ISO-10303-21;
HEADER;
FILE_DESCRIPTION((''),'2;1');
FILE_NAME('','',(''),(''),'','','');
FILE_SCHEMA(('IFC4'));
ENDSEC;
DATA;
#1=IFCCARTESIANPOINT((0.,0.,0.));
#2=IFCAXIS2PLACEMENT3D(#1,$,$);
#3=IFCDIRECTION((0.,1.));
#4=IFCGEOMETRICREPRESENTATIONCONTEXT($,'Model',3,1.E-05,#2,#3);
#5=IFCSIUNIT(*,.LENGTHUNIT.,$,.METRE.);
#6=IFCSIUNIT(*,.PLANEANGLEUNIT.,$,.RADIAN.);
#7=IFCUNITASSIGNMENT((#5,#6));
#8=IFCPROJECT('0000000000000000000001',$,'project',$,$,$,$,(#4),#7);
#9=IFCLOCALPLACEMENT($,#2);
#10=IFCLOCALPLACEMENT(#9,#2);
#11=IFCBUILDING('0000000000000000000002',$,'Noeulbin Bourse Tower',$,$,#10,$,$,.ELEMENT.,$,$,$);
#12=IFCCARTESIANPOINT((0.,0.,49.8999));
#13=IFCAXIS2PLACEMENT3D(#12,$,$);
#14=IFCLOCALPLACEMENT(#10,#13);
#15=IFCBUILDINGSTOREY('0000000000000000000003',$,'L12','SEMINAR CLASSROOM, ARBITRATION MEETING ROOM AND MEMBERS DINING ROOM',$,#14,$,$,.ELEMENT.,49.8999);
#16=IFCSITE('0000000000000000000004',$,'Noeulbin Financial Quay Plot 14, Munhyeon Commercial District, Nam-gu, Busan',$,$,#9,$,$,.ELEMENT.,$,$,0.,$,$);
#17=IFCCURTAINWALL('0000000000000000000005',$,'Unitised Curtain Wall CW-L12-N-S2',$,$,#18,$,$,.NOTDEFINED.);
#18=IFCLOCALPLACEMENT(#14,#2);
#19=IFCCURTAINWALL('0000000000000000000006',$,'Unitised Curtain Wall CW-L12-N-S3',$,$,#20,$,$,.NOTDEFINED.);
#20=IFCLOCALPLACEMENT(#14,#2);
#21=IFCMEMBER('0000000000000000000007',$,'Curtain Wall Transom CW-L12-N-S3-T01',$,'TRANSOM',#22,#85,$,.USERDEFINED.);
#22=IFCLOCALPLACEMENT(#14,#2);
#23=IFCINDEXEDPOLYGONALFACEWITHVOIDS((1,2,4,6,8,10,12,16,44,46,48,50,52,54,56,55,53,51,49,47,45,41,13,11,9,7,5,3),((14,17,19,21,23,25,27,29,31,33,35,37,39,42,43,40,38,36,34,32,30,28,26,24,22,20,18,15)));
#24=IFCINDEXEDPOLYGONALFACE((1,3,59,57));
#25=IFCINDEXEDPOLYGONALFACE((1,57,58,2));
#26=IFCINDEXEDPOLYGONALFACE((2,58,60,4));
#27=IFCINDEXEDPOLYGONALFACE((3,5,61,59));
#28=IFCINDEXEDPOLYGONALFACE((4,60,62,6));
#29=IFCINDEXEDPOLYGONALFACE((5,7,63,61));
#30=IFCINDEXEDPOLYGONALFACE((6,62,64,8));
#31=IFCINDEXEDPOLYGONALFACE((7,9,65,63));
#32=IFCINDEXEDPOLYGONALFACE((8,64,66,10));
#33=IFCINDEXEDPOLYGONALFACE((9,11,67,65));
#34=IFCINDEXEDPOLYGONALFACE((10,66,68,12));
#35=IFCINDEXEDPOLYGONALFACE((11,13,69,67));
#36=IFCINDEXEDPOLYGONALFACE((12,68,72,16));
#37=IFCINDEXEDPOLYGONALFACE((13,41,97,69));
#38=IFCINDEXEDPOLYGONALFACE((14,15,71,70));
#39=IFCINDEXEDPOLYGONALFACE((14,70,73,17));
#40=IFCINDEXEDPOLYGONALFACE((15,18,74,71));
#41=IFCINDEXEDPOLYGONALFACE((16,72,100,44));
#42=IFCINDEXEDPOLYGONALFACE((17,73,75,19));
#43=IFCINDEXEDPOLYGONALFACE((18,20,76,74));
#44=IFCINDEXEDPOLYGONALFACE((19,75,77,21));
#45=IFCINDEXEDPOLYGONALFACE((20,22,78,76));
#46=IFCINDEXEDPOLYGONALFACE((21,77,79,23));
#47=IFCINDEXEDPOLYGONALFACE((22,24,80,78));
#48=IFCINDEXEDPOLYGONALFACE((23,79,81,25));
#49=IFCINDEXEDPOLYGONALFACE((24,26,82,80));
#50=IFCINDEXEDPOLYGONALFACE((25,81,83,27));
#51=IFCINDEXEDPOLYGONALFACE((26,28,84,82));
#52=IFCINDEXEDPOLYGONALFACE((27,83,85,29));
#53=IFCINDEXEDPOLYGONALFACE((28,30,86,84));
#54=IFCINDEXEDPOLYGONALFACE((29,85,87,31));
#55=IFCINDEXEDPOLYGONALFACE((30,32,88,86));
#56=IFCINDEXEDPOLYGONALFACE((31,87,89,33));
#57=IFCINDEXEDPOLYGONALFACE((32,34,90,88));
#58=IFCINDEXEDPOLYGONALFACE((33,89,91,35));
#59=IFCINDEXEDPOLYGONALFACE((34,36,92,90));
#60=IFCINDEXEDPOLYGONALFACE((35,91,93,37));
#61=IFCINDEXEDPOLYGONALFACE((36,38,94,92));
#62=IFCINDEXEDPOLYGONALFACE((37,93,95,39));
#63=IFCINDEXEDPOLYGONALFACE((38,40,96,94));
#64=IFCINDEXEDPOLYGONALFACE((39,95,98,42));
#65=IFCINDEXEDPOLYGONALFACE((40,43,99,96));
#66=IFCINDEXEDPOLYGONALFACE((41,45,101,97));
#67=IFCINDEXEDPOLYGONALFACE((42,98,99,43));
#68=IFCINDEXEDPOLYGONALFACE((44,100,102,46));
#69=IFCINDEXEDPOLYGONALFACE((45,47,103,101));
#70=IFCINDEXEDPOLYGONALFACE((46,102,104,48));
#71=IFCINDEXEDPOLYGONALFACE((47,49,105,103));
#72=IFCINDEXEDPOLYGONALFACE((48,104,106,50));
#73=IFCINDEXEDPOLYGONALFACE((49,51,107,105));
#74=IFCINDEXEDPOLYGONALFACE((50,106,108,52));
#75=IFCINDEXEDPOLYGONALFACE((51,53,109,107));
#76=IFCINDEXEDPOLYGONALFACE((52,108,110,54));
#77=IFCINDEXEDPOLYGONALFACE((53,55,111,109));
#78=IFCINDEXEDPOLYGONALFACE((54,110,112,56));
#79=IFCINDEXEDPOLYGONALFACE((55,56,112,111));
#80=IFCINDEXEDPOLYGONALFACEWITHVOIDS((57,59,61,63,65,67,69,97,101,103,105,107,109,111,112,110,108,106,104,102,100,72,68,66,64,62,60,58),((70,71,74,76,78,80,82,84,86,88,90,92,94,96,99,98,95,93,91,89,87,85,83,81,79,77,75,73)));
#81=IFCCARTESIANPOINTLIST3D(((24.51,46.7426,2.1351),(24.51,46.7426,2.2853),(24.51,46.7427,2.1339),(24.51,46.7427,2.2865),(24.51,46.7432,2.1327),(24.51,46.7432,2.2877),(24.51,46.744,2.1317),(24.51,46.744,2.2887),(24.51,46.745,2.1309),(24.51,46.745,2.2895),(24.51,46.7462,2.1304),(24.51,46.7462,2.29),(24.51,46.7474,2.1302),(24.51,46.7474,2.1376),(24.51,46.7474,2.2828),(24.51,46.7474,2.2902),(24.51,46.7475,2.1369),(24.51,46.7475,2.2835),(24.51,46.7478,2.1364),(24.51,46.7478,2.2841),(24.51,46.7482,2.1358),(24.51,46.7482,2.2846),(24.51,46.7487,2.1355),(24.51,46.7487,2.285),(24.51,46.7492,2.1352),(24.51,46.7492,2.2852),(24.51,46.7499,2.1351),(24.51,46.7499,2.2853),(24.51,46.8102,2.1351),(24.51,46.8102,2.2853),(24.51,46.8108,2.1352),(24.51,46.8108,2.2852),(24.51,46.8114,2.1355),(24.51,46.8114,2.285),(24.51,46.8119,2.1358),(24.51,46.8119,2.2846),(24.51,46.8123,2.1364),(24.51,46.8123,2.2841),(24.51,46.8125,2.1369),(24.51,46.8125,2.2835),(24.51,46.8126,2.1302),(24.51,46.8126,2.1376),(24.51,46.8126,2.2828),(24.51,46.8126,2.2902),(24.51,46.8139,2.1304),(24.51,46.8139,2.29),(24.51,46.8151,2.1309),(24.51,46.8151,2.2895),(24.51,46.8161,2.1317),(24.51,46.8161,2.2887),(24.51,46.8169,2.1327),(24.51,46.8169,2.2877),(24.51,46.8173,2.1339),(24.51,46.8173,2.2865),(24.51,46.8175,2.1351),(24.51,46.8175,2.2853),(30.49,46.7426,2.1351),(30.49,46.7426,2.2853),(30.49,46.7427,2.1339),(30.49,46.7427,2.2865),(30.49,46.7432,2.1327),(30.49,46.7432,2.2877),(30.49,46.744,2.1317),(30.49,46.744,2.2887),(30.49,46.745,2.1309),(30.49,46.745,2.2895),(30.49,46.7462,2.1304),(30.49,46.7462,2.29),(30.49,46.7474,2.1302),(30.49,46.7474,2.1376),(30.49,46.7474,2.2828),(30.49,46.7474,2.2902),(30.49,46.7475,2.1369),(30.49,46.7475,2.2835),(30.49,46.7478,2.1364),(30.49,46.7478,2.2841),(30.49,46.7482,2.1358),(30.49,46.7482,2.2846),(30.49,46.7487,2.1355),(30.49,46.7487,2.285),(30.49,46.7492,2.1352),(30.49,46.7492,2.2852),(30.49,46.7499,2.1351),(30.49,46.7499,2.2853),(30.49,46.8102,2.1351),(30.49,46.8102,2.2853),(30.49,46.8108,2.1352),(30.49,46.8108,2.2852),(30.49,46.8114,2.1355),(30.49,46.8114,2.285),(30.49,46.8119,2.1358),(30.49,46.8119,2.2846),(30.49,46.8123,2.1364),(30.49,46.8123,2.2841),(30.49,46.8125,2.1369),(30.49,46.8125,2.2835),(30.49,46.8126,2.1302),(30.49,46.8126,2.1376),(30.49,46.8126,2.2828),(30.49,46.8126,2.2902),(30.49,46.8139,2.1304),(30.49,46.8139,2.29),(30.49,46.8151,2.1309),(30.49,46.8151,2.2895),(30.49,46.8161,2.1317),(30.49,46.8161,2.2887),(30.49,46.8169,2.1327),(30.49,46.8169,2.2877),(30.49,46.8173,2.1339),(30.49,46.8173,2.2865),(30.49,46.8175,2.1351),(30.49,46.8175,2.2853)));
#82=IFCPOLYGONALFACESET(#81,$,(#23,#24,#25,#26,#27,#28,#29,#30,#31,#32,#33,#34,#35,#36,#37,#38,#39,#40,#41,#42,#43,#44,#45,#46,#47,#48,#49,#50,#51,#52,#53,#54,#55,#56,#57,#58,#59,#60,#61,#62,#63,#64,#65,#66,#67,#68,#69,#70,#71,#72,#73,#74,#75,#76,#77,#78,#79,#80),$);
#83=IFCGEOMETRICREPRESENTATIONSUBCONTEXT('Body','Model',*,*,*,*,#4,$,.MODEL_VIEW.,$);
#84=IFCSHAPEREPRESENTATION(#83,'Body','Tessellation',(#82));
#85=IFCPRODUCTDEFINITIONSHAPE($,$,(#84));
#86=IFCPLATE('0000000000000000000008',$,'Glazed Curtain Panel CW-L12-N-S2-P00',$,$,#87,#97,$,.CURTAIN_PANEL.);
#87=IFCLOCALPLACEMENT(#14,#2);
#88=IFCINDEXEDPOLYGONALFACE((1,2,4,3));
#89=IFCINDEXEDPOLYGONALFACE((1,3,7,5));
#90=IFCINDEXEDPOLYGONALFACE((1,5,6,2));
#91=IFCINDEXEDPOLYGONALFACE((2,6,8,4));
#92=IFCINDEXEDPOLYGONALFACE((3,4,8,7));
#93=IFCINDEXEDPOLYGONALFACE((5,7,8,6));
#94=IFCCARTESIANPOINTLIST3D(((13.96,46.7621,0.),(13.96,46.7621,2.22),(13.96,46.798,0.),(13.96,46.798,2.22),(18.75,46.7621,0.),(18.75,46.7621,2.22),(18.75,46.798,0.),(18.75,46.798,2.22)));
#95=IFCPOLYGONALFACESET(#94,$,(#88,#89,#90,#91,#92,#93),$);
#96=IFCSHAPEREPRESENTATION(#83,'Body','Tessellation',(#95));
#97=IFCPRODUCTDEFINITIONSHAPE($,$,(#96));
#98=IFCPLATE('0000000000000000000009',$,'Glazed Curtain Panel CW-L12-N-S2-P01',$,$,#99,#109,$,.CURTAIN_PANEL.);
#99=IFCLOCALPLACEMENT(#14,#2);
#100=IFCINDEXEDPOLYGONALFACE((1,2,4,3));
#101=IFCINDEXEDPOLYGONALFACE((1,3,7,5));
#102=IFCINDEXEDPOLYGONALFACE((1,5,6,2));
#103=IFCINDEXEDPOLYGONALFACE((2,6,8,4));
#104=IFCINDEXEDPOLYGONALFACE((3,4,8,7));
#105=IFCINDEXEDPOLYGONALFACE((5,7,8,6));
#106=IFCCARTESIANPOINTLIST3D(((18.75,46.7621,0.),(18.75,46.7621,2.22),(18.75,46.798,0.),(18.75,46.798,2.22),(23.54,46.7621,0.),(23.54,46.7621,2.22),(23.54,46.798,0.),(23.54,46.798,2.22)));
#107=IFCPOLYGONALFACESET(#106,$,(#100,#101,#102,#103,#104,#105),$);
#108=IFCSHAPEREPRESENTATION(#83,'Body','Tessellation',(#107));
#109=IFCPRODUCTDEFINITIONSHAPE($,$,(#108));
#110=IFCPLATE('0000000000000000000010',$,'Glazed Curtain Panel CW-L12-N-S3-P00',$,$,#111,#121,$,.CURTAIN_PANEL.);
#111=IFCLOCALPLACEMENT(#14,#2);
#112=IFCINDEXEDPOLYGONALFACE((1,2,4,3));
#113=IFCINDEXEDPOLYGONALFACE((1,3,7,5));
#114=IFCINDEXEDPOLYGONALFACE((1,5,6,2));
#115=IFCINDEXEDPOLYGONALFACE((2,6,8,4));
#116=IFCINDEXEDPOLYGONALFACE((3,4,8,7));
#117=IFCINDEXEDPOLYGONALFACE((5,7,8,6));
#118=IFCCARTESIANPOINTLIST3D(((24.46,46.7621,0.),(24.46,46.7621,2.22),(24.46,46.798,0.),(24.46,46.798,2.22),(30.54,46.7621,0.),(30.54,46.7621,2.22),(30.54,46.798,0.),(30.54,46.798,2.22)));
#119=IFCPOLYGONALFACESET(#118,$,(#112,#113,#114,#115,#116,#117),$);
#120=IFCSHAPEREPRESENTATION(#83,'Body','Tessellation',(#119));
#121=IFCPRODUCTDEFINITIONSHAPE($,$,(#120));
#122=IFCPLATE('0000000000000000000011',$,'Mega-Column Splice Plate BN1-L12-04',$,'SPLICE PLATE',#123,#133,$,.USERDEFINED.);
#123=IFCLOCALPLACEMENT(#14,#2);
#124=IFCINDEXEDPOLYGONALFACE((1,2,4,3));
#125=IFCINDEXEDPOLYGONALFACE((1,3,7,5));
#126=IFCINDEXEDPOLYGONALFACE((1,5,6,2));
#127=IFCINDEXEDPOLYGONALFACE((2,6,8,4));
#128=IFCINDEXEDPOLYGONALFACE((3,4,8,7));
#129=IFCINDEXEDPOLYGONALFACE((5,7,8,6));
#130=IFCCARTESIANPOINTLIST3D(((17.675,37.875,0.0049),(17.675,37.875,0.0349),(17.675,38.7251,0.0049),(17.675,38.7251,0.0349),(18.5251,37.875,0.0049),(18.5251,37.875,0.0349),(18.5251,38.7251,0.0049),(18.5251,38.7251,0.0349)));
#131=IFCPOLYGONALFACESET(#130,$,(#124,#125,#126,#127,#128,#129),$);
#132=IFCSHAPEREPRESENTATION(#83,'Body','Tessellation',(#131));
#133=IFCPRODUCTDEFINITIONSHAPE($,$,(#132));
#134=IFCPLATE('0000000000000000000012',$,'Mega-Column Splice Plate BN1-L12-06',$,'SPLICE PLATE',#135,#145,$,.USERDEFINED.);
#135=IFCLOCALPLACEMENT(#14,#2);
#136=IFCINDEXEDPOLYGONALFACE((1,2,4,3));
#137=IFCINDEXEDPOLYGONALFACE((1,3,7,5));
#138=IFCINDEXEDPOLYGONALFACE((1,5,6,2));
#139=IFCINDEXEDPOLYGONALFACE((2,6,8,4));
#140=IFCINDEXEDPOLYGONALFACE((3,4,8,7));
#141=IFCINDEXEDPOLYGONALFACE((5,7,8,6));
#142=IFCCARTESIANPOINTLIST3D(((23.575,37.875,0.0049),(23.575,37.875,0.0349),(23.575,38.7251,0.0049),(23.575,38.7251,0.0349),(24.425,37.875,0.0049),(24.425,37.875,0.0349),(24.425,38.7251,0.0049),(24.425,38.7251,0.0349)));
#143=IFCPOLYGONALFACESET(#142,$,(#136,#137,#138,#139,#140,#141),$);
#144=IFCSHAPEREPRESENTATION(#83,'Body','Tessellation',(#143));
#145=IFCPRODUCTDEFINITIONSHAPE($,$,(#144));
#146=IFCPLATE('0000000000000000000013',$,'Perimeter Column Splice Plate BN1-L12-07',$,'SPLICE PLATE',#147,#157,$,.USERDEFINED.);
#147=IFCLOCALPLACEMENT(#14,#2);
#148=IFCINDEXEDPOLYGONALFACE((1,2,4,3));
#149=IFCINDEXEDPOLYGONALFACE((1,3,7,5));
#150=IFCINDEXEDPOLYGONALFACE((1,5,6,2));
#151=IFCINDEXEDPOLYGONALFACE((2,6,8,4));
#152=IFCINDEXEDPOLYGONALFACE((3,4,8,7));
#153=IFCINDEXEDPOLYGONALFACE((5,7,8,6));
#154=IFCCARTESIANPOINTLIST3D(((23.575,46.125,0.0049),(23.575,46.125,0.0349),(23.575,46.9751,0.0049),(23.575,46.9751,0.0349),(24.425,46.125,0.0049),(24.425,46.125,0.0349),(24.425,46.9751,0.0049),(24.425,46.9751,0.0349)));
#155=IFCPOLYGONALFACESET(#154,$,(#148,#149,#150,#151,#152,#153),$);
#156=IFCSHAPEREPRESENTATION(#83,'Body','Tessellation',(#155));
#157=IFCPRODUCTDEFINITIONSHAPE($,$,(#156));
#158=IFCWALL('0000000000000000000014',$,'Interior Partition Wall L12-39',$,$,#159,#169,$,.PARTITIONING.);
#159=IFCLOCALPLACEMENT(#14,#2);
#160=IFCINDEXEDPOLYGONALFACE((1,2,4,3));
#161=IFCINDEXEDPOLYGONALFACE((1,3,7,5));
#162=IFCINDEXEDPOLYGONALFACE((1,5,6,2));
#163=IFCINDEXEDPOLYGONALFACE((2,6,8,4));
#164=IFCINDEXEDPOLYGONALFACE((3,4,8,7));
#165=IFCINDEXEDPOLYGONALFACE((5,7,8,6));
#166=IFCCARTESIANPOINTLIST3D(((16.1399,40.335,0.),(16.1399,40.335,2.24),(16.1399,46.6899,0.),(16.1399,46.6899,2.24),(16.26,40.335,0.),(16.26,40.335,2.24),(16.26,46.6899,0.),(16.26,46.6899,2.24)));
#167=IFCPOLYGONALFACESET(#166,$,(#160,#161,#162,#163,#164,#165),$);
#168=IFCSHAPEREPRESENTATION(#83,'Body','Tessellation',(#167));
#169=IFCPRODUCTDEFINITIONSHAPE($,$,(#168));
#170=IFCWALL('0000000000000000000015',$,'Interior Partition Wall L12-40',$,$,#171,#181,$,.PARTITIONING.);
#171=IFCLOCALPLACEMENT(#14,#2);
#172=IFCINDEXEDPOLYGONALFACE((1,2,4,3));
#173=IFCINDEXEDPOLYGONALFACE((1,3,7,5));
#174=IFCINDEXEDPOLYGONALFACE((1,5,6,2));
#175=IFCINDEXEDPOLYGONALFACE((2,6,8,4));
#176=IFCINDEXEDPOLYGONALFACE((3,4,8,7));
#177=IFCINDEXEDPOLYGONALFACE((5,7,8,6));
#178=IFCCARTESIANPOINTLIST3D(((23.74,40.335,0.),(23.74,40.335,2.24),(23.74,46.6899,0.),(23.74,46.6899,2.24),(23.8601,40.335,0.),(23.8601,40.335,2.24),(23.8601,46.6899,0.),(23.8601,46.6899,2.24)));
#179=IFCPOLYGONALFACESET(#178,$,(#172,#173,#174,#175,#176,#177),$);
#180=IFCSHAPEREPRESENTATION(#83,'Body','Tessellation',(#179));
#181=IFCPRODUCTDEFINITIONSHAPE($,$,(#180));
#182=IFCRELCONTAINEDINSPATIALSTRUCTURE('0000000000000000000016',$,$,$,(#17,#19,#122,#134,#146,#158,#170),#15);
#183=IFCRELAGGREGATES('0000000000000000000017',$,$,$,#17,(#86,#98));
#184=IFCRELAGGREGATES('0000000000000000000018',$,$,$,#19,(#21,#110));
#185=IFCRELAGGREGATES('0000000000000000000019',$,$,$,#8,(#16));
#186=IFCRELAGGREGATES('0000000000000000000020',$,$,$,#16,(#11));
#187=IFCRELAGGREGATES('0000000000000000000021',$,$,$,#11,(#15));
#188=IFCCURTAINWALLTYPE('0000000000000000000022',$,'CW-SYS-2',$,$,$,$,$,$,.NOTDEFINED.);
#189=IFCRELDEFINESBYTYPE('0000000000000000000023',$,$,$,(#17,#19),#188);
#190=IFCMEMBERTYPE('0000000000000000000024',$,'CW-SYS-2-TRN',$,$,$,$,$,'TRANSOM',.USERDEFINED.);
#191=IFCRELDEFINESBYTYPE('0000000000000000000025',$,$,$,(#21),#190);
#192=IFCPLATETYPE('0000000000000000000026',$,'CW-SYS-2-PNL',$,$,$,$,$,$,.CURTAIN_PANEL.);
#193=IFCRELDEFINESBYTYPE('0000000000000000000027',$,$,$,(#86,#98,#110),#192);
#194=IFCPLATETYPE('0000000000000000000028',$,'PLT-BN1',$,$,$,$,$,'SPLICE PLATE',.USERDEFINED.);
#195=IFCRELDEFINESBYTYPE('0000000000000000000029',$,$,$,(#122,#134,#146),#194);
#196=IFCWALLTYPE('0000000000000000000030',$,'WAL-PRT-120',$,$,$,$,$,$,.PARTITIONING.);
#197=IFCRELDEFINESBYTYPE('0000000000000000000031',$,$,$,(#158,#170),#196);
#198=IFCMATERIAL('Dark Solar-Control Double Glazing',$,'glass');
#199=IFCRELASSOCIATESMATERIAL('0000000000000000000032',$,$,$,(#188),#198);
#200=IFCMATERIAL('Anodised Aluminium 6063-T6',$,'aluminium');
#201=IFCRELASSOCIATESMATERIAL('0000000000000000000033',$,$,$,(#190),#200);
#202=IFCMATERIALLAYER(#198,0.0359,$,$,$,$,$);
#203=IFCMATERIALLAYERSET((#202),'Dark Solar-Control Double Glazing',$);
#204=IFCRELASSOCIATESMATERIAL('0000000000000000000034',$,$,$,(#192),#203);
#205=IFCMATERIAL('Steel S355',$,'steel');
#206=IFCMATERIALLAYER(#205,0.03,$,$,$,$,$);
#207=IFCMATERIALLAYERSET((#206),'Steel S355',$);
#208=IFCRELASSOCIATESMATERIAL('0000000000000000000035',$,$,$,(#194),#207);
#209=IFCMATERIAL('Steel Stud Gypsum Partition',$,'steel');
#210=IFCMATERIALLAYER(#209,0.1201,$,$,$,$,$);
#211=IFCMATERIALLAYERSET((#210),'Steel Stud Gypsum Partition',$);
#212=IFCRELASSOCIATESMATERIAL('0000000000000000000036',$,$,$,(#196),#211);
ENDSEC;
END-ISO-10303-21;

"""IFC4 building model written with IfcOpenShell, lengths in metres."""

from ifc_helpers import new_model, si_unit, direction, frame, frame_2d, origin, origin_2d, place, context, subcontext, project, spatial, rectangle, hollow_rectangle, extrude, material, layer, layer_set, material_profile, profile_set, type_object, element, aggregate, save


model = new_model("IFC4")

# Units and contexts
model_context = context("Model", 3, precision=1e-05, world=origin(), true_north=direction((0.0, 1.0)))
body_context = subcontext(model_context, "Body", "Model", "MODEL_VIEW")
ifc_project = project(units=[si_unit("LENGTHUNIT", "METRE"), si_unit("PLANEANGLEUNIT", "RADIAN")], contexts=[model_context])

# Site, building, storey
site_placement = place(None, origin())
site = spatial("IfcSite", under=ifc_project, at=site_placement, Name="Noeulbin Financial Quay Plot 14, Munhyeon Commercial District, Nam-gu, Busan", CompositionType="ELEMENT", RefElevation=0.0)
building_placement = place(site_placement, origin())
building = spatial("IfcBuilding", under=site, at=building_placement, Name="Noeulbin Bourse Tower", CompositionType="ELEMENT")
storey_placement = place(building_placement, frame((0.0, 0.0, 49.8999)))
storey = spatial("IfcBuildingStorey", under=building, at=storey_placement, Name="L12", Description="SEMINAR CLASSROOM, ARBITRATION MEETING ROOM AND MEMBERS DINING ROOM", CompositionType="ELEMENT", Elevation=49.8999)

# Shared definitions
ifc_material_1 = material(Name="Steel S355", Category="steel")

# Curtain walls, member
ifc_material_2 = material(Name="Dark Solar-Control Double Glazing", Category="glass")
curtain_wall_type = type_object("IfcCurtainWallType", Name="CW-SYS-2", PredefinedType="NOTDEFINED", material=ifc_material_2)
curtain_wall_1_placement = place(storey_placement, origin())
curtain_wall_1 = element("IfcCurtainWall", 1, at=curtain_wall_1_placement, inside=storey, type_object=curtain_wall_type, Name="Unitised Curtain Wall CW-L12-N-S2", PredefinedType="NOTDEFINED")
ifc_material_3 = material(Name="Anodised Aluminium 6063-T6", Category="aluminium")
curtain_wall_2_placement = place(storey_placement, origin())
curtain_wall_2 = element("IfcCurtainWall", 2, at=curtain_wall_2_placement, inside=storey, type_object=curtain_wall_type, Name="Unitised Curtain Wall CW-L12-N-S3", PredefinedType="NOTDEFINED")
ifc_material_profile_1 = material_profile(ifc_material_3, hollow_rectangle(XDim=0.075, YDim=0.1599, WallThickness=0.0049, InnerFilletRadius=0.0024, OuterFilletRadius=0.0049, at=origin_2d()), Name="ALU-TRAN-75x160x5", Category="LoadBearing")
ifc_profile_set_1 = profile_set([ifc_material_profile_1], Name="Anodised Aluminium 6063-T6")
member_type_1 = type_object("IfcMemberType", Name="CW-SYS-2-TRN", ElementType="TRANSOM", PredefinedType="USERDEFINED", material=ifc_profile_set_1)
member_1_placement = place(storey_placement, frame((24.51, 46.78, 2.2102), z_axis=(1.0, 0.0, 0.0), x_axis=(0.0, 1.0, 0.0)))
member_1 = element("IfcMember", 3, at=member_1_placement, type_object=member_type_1, Name="Curtain Wall Transom CW-L12-N-S3-T01", ObjectType="TRANSOM", PredefinedType="USERDEFINED", context=body_context, shape_type="SweptSolid", body=[
    extrude(hollow_rectangle(XDim=0.075, YDim=0.1599, WallThickness=0.0049, InnerFilletRadius=0.0024, OuterFilletRadius=0.0049, at=origin_2d()), origin(), (0.0, 0.0, 1.0), 5.98),
])

# Plates
ifc_layer_1 = layer(ifc_material_2, 0.0359)
ifc_layer_set_1 = layer_set([ifc_layer_1], Name="Dark Solar-Control Double Glazing")
plate_type_1 = type_object("IfcPlateType", Name="CW-SYS-2-PNL", PredefinedType="CURTAIN_PANEL", material=ifc_layer_set_1)
plate_1_placement = place(storey_placement, frame((16.355, 46.78, 0.0), z_axis=(0.0, 0.0, 1.0), x_axis=(1.0, 0.0, 0.0)))
plate_1 = element("IfcPlate", 4, at=plate_1_placement, type_object=plate_type_1, Name="Glazed Curtain Panel CW-L12-N-S2-P00", PredefinedType="CURTAIN_PANEL", context=body_context, shape_type="SweptSolid", body=[
    extrude(rectangle(XDim=4.79, YDim=0.0359, at=origin_2d()), origin(), (0.0, 0.0, 1.0), 2.22),
])
plate_2_placement = place(storey_placement, frame((21.145, 46.78, 0.0), z_axis=(0.0, 0.0, 1.0), x_axis=(1.0, 0.0, 0.0)))
plate_2 = element("IfcPlate", 5, at=plate_2_placement, type_object=plate_type_1, Name="Glazed Curtain Panel CW-L12-N-S2-P01", PredefinedType="CURTAIN_PANEL", context=body_context, shape_type="SweptSolid", body=[
    extrude(rectangle(XDim=4.79, YDim=0.0359, at=origin_2d()), origin(), (0.0, 0.0, 1.0), 2.22),
])
aggregate(curtain_wall_1, [plate_1, plate_2])
plate_3_placement = place(storey_placement, frame((27.5, 46.78, 0.0), z_axis=(0.0, 0.0, 1.0), x_axis=(1.0, 0.0, 0.0)))
plate_3 = element("IfcPlate", 6, at=plate_3_placement, type_object=plate_type_1, Name="Glazed Curtain Panel CW-L12-N-S3-P00", PredefinedType="CURTAIN_PANEL", context=body_context, shape_type="SweptSolid", body=[
    extrude(rectangle(XDim=6.0801, YDim=0.0359, at=origin_2d()), origin(), (0.0, 0.0, 1.0), 2.22),
])
aggregate(curtain_wall_2, [member_1, plate_3])

# Plates
ifc_layer_2 = layer(ifc_material_1, 0.03)
ifc_layer_set_2 = layer_set([ifc_layer_2], Name="Steel S355")
plate_type_2 = type_object("IfcPlateType", Name="PLT-BN1", ElementType="SPLICE PLATE", PredefinedType="USERDEFINED", material=ifc_layer_set_2)
for number, where, z_axis, x_axis, name in (
    (7, (18.1001, 38.3, 0.0049), (0.0, 0.0, 1.0), (1.0, 0.0, 0.0), "Mega-Column Splice Plate BN1-L12-04"),
    (8, (24.0, 38.3, 0.0049), (0.0, 0.0, 1.0), (1.0, 0.0, 0.0), "Mega-Column Splice Plate BN1-L12-06"),
    (9, (24.0, 46.55, 0.0049), (0.0, 0.0, 1.0), (1.0, 0.0, 0.0), "Perimeter Column Splice Plate BN1-L12-07"),
):
    element("IfcPlate", number, at=place(storey_placement, frame(where, z_axis=z_axis, x_axis=x_axis)), inside=storey, type_object=plate_type_2, Name=name, ObjectType="SPLICE PLATE", PredefinedType="USERDEFINED", context=body_context, shape_type="SweptSolid", body=[
        extrude(rectangle(XDim=0.8501, YDim=0.8501, at=origin_2d()), origin(), (0.0, 0.0, 1.0), 0.03),
    ])

# Walls
ifc_material_4 = material(Name="Steel Stud Gypsum Partition", Category="steel")
ifc_layer_3 = layer(ifc_material_4, 0.1201)
ifc_layer_set_3 = layer_set([ifc_layer_3], Name="Steel Stud Gypsum Partition")
wall_type = type_object("IfcWallType", Name="WAL-PRT-120", PredefinedType="PARTITIONING", material=ifc_layer_set_3)
for number, where, z_axis, x_axis, name in (
    (10, (16.2, 40.335, 0.0), (0.0, 0.0, 1.0), (0.0, 1.0, 0.0), "Interior Partition Wall L12-39"),
    (11, (23.8, 40.335, 0.0), (0.0, 0.0, 1.0), (0.0, 1.0, 0.0), "Interior Partition Wall L12-40"),
):
    element("IfcWall", number, at=place(storey_placement, frame(where, z_axis=z_axis, x_axis=x_axis)), inside=storey, type_object=wall_type, Name=name, PredefinedType="PARTITIONING", context=body_context, shape_type="SweptSolid", body=[
        extrude(rectangle(XDim=6.355, YDim=0.1201, at=frame_2d((3.1775, 0.0))), origin(), (0.0, 0.0, 1.0), 2.24),
    ])

save(model, "model.ifc")
